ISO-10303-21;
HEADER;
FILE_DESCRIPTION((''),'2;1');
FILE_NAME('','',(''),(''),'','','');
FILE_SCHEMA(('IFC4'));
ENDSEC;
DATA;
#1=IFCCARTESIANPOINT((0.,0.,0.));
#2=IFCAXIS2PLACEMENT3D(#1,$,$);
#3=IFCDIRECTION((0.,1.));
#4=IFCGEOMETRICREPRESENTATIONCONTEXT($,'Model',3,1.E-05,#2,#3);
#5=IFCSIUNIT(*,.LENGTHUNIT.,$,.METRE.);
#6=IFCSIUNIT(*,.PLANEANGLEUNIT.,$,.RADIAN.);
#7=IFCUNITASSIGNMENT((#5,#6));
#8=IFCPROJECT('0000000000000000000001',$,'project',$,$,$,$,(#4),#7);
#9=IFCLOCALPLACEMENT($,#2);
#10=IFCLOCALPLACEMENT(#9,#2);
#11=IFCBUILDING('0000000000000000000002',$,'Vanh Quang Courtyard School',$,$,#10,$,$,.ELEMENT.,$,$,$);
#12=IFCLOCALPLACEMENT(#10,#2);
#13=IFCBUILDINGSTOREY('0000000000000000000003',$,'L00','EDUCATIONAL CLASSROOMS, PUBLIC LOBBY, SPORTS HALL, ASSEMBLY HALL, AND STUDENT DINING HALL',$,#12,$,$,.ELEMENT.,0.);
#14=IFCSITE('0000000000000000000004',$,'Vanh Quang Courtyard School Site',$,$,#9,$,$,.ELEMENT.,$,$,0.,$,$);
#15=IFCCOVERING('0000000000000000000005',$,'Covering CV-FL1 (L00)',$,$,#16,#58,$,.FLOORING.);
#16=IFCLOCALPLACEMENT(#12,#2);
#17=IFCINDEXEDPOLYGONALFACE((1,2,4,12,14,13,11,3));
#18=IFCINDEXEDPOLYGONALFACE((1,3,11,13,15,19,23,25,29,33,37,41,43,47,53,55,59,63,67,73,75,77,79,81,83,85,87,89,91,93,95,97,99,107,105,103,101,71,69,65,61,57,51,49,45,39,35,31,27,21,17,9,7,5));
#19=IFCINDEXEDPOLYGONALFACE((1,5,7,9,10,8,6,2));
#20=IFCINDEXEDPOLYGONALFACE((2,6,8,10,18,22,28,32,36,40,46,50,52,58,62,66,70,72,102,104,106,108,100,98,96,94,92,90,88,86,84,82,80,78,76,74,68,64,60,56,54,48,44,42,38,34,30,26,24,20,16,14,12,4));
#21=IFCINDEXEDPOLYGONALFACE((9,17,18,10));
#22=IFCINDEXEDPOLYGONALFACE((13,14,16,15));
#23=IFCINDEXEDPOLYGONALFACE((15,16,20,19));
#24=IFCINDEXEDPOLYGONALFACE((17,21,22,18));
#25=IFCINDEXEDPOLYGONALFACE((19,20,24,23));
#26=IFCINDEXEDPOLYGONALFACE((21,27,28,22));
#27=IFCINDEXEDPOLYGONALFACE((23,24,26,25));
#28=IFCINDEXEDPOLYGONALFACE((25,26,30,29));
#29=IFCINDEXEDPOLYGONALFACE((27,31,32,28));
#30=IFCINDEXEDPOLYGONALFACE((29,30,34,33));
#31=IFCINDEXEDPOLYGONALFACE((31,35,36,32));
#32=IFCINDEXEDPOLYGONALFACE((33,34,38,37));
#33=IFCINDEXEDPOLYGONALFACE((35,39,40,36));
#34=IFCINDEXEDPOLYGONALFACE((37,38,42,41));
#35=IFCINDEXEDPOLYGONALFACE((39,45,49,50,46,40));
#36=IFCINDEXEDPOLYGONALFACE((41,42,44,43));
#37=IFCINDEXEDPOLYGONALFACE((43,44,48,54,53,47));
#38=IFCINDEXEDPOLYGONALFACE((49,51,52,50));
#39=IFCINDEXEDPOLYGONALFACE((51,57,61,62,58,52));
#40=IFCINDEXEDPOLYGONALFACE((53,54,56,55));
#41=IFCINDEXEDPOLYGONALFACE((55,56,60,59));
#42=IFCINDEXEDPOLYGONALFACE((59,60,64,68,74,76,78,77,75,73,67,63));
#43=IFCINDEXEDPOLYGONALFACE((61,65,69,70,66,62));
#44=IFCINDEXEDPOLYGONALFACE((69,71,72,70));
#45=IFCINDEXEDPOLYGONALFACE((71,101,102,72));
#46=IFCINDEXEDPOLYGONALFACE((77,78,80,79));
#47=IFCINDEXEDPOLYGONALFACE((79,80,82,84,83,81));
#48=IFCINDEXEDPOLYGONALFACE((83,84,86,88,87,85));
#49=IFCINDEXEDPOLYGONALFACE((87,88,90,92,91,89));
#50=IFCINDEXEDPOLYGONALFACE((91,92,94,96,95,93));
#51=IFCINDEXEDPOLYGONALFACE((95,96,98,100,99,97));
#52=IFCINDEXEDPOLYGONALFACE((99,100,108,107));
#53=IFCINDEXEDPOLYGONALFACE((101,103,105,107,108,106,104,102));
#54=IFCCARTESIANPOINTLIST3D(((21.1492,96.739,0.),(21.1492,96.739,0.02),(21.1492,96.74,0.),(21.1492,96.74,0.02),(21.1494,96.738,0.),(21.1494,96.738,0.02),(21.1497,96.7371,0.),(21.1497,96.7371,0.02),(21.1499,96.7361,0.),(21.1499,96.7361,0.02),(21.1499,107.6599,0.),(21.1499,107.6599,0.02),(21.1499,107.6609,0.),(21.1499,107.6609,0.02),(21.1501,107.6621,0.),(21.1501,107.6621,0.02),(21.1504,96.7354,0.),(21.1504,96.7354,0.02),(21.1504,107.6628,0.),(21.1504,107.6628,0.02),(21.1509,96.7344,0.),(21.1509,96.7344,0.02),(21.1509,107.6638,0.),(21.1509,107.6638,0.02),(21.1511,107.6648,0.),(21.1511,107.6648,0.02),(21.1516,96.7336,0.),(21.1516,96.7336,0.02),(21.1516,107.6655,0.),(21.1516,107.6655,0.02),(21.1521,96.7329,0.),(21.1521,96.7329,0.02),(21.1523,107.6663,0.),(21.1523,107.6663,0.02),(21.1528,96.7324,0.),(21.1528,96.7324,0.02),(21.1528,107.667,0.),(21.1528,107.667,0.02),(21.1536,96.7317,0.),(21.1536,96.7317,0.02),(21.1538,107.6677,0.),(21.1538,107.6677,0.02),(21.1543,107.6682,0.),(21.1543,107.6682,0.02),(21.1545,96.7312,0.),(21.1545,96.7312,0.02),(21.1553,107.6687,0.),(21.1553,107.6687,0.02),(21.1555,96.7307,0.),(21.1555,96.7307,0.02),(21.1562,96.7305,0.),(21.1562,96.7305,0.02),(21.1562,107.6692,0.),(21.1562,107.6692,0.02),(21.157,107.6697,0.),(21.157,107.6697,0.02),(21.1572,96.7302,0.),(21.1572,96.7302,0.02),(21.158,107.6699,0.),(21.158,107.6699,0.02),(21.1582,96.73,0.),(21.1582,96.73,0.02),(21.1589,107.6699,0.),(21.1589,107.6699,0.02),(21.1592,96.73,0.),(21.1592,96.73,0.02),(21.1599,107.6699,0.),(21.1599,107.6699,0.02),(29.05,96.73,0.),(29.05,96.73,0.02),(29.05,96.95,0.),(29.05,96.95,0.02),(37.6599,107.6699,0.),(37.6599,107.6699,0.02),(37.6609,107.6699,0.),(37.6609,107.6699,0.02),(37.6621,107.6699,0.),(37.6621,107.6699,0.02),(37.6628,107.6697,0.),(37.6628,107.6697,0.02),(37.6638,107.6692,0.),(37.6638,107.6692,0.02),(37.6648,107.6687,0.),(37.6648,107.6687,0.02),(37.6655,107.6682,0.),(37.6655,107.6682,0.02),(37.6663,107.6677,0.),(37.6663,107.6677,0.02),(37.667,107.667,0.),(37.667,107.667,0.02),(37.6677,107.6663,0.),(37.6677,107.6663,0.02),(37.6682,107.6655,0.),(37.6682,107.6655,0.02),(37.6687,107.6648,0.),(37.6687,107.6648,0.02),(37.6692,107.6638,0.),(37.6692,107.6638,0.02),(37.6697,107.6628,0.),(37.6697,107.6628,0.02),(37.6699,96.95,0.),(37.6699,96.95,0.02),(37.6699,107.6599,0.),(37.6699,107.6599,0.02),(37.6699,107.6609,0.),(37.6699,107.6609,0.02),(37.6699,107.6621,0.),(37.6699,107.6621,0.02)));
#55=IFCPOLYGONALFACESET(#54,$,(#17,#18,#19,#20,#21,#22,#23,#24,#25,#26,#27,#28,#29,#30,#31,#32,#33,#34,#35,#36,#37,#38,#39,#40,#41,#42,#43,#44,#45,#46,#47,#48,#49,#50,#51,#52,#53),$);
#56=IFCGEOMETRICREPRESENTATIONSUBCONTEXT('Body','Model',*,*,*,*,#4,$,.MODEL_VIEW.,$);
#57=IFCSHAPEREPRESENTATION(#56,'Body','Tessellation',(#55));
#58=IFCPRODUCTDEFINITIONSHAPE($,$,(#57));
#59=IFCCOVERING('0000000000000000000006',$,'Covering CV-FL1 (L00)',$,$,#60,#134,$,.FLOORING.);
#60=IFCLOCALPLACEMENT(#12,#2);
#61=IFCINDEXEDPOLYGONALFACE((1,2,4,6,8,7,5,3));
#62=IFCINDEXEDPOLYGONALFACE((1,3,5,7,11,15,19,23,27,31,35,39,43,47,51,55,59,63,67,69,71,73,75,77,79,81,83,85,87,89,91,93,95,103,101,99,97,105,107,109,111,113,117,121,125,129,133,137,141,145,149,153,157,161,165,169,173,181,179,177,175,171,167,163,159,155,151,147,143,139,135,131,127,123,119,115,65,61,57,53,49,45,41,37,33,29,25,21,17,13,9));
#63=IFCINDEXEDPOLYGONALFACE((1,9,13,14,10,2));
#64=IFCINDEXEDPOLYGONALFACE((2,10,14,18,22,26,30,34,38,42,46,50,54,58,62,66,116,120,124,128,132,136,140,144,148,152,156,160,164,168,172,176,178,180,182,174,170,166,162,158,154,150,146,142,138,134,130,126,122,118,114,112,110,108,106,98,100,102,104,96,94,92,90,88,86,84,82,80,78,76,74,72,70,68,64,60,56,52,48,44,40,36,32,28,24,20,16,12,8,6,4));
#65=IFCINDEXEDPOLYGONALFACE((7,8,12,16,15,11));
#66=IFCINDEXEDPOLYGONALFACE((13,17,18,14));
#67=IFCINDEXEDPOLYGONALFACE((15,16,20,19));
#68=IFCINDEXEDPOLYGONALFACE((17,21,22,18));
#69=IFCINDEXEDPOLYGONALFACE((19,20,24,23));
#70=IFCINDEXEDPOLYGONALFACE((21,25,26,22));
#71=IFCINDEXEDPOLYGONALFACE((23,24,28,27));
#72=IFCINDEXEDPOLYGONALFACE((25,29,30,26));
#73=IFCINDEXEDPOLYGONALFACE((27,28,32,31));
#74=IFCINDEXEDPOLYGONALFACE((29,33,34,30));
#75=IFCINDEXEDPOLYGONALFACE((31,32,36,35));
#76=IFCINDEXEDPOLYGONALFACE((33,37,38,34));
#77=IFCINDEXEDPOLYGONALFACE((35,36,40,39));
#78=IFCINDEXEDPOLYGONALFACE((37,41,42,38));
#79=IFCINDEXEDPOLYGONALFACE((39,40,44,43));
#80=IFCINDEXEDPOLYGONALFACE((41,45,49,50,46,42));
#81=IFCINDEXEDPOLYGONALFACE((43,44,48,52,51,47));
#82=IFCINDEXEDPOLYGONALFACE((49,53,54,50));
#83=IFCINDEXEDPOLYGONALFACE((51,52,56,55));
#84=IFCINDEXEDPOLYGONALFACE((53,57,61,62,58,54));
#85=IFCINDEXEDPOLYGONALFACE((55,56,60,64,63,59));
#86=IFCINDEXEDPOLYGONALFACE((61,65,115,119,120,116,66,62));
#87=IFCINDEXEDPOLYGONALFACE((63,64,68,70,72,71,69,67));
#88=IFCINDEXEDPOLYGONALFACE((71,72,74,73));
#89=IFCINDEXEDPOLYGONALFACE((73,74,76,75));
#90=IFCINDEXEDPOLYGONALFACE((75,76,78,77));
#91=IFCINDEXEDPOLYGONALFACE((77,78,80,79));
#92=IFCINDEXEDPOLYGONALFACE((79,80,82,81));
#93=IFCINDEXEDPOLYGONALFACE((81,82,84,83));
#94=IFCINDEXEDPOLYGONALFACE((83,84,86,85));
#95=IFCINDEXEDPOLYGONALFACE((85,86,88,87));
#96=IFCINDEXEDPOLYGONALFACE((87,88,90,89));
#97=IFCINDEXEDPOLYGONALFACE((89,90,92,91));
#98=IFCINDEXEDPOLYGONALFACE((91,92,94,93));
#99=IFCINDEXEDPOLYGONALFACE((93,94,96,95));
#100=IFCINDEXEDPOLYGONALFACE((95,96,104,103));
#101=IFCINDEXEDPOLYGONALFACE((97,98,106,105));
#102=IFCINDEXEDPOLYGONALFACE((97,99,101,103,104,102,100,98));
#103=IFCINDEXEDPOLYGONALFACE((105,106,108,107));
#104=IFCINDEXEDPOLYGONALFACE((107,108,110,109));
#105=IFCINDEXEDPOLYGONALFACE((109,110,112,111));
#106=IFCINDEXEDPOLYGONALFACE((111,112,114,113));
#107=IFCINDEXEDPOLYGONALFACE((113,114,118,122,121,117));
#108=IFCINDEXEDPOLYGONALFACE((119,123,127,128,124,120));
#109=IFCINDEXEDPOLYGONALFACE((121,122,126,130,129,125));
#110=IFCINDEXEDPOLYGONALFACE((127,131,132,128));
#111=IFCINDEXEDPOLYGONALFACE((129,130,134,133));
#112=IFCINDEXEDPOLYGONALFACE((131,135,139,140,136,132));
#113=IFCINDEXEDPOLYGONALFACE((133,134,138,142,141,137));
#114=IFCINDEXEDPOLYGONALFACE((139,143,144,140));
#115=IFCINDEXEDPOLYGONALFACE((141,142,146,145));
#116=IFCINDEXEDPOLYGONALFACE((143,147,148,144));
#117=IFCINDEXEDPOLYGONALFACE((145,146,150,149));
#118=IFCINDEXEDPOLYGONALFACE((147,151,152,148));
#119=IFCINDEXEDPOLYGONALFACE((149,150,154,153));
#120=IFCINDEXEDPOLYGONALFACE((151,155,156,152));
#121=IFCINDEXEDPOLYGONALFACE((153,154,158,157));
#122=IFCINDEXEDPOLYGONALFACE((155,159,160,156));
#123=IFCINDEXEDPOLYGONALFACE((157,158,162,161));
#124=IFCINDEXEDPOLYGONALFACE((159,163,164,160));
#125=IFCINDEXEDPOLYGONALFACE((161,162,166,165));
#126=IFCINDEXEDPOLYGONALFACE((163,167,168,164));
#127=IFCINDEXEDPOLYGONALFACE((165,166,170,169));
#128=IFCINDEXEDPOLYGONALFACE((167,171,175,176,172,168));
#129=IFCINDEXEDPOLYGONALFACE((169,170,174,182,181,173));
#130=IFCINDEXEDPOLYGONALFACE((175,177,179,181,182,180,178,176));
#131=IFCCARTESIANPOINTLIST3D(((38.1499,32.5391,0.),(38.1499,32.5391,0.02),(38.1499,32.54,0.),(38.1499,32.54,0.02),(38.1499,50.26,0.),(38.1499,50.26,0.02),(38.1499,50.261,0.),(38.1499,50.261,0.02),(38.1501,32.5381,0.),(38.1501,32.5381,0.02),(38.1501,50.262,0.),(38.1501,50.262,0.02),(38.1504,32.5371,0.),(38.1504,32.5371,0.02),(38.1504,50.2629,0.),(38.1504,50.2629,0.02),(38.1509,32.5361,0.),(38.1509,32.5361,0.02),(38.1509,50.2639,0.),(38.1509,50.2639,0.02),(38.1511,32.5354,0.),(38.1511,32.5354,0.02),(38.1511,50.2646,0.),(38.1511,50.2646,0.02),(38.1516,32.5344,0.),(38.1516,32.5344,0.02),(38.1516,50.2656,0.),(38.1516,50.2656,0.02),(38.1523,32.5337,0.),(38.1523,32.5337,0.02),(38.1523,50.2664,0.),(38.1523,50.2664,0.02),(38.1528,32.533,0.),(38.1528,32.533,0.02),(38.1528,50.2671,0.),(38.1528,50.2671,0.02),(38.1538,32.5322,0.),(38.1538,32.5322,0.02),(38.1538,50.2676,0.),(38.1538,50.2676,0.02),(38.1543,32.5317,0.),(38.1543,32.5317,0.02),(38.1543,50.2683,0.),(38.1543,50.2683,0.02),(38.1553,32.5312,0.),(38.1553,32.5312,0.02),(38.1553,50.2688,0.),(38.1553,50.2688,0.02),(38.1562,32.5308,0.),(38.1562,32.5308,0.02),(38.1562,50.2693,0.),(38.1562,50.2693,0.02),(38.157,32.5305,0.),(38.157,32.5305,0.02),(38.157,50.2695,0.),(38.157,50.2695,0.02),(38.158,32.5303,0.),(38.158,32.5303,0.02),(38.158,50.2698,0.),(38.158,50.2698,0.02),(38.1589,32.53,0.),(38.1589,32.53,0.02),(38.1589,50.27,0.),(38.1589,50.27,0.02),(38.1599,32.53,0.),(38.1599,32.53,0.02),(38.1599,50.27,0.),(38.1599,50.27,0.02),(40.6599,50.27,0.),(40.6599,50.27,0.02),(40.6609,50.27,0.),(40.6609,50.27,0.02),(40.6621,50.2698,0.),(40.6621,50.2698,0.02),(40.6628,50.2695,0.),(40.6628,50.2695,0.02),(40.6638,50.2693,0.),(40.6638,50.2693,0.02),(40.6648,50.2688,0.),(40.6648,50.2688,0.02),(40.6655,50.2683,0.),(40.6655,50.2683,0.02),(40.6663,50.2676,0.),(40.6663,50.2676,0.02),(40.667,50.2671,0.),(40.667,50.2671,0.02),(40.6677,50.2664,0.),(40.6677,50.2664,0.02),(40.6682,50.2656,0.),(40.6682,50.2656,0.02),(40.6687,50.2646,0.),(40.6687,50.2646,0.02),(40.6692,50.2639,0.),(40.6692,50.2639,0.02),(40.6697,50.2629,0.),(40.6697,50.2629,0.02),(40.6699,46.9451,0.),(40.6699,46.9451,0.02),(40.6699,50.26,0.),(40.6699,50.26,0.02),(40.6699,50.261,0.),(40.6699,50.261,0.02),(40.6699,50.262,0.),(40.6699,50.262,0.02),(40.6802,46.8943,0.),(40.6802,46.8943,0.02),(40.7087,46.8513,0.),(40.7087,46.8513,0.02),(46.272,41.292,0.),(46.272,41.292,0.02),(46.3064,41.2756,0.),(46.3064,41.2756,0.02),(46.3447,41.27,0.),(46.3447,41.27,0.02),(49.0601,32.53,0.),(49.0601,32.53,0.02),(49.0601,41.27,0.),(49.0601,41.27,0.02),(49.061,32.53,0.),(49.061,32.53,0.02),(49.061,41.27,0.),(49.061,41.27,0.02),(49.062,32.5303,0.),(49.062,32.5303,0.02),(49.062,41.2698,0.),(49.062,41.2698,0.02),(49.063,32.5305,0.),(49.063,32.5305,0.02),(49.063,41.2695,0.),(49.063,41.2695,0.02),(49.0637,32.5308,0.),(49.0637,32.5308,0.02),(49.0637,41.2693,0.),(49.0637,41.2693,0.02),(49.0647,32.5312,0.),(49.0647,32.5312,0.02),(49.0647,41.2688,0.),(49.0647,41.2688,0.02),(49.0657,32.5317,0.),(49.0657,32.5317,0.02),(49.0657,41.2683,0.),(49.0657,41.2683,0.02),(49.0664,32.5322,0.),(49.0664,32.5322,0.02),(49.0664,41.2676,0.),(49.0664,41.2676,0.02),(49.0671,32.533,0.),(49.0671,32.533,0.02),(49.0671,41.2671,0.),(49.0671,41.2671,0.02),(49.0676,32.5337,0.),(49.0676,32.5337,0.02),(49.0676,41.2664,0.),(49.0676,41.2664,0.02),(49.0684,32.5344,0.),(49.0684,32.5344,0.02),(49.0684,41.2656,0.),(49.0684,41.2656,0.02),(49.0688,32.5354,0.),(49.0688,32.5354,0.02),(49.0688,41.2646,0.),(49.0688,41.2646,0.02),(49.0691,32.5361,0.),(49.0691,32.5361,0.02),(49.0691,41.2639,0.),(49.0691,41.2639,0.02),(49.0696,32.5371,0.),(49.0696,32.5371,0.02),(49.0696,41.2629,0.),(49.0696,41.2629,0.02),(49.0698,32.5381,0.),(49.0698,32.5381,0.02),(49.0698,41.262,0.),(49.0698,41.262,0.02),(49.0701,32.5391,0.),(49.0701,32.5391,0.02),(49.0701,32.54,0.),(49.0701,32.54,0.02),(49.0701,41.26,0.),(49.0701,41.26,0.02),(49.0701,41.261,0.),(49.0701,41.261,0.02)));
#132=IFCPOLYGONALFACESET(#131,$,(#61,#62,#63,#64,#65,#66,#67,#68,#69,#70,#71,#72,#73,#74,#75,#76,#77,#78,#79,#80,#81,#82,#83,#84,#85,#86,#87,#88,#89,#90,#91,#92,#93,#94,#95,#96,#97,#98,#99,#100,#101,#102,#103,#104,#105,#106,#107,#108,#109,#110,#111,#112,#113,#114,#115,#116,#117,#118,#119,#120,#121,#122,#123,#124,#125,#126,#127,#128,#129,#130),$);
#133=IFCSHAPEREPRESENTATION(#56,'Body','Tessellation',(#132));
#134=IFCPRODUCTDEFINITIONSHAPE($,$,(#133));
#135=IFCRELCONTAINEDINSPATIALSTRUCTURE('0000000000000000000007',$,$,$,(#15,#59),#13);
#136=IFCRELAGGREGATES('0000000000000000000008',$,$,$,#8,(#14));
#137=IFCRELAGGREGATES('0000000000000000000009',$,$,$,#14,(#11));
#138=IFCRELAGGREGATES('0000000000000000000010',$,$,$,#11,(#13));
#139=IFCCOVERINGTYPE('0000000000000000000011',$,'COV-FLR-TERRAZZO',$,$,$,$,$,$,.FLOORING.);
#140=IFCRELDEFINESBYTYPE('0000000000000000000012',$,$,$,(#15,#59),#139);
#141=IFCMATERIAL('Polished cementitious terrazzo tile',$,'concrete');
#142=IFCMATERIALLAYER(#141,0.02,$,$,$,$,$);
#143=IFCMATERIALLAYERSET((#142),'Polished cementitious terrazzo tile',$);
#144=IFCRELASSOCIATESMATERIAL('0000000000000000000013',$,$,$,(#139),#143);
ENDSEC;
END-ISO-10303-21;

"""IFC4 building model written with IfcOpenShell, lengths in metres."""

from ifc_helpers import new_model, si_unit, direction, origin, place, context, subcontext, project, spatial, polyline, outline, extrude, material, layer, layer_set, type_object, element, save


model = new_model("IFC4")

# Units and contexts
model_context = context("Model", 3, precision=1e-05, world=origin(), true_north=direction((0.0, 1.0)))
body_context = subcontext(model_context, "Body", "Model", "MODEL_VIEW")
ifc_project = project(units=[si_unit("LENGTHUNIT", "METRE"), si_unit("PLANEANGLEUNIT", "RADIAN")], contexts=[model_context])

# Site, building, storey
site_placement = place(None, origin())
site = spatial("IfcSite", under=ifc_project, at=site_placement, Name="Vanh Quang Courtyard School Site", CompositionType="ELEMENT", RefElevation=0.0)
building_placement = place(site_placement, origin())
building = spatial("IfcBuilding", under=site, at=building_placement, Name="Vanh Quang Courtyard School", CompositionType="ELEMENT")
storey_placement = place(building_placement, origin())
storey = spatial("IfcBuildingStorey", under=building, at=storey_placement, Name="L00", Description="EDUCATIONAL CLASSROOMS, PUBLIC LOBBY, SPORTS HALL, ASSEMBLY HALL, AND STUDENT DINING HALL", CompositionType="ELEMENT", Elevation=0.0)

# Coverings
ifc_material_1 = material(Name="Polished cementitious terrazzo tile", Category="concrete")
ifc_layer_1 = layer(ifc_material_1, 0.02)
ifc_layer_set_1 = layer_set([ifc_layer_1], Name="Polished cementitious terrazzo tile")
covering_type = type_object("IfcCoveringType", Name="COV-FLR-TERRAZZO", PredefinedType="FLOORING", material=ifc_layer_set_1)
covering_1_placement = place(storey_placement, origin())
element("IfcCovering", 1, at=covering_1_placement, inside=storey, type_object=covering_type, Name="Covering CV-FL1 (L00)", PredefinedType="FLOORING", context=body_context, shape_type="SweptSolid", body=[
    extrude(outline(polyline([(21.1592, 96.73), (21.1582, 96.73), (21.1572, 96.7302), (21.1562, 96.7305), (21.1555, 96.7307), (21.1545, 96.7312), (21.1536, 96.7317), (21.1528, 96.7324), (21.1521, 96.7329), (21.1516, 96.7336), (21.1509, 96.7344), (21.1504, 96.7354), (21.1499, 96.7361), (21.1497, 96.7371), (21.1494, 96.738), (21.1492, 96.739), (21.1492, 96.74), (21.1499, 107.6599), (21.1499, 107.6609), (21.1501, 107.6621), (21.1504, 107.6628), (21.1509, 107.6638), (21.1511, 107.6648), (21.1516, 107.6655), (21.1523, 107.6663), (21.1528, 107.667), (21.1538, 107.6677), (21.1543, 107.6682), (21.1553, 107.6687), (21.1562, 107.6692), (21.157, 107.6697), (21.158, 107.6699), (21.1589, 107.6699), (21.1599, 107.6699), (37.6599, 107.6699), (37.6609, 107.6699), (37.6621, 107.6699), (37.6628, 107.6697), (37.6638, 107.6692), (37.6648, 107.6687), (37.6655, 107.6682), (37.6663, 107.6677), (37.667, 107.667), (37.6677, 107.6663), (37.6682, 107.6655), (37.6687, 107.6648), (37.6692, 107.6638), (37.6697, 107.6628), (37.6699, 107.6621), (37.6699, 107.6609), (37.6699, 107.6599), (37.6699, 96.95), (29.05, 96.95), (29.05, 96.73), (21.1592, 96.73)])), origin(), (0.0, 0.0, 1.0), 0.02),
])
covering_2_placement = place(storey_placement, origin())
element("IfcCovering", 2, at=covering_2_placement, inside=storey, type_object=covering_type, Name="Covering CV-FL1 (L00)", PredefinedType="FLOORING", context=body_context, shape_type="SweptSolid", body=[
    extrude(outline(polyline([(38.1599, 32.53), (38.1589, 32.53), (38.158, 32.5303), (38.157, 32.5305), (38.1562, 32.5308), (38.1553, 32.5312), (38.1543, 32.5317), (38.1538, 32.5322), (38.1528, 32.533), (38.1523, 32.5337), (38.1516, 32.5344), (38.1511, 32.5354), (38.1509, 32.5361), (38.1504, 32.5371), (38.1501, 32.5381), (38.1499, 32.5391), (38.1499, 32.54), (38.1499, 50.26), (38.1499, 50.261), (38.1501, 50.262), (38.1504, 50.2629), (38.1509, 50.2639), (38.1511, 50.2646), (38.1516, 50.2656), (38.1523, 50.2664), (38.1528, 50.2671), (38.1538, 50.2676), (38.1543, 50.2683), (38.1553, 50.2688), (38.1562, 50.2693), (38.157, 50.2695), (38.158, 50.2698), (38.1589, 50.27), (38.1599, 50.27), (40.6599, 50.27), (40.6609, 50.27), (40.6621, 50.2698), (40.6628, 50.2695), (40.6638, 50.2693), (40.6648, 50.2688), (40.6655, 50.2683), (40.6663, 50.2676), (40.667, 50.2671), (40.6677, 50.2664), (40.6682, 50.2656), (40.6687, 50.2646), (40.6692, 50.2639), (40.6697, 50.2629), (40.6699, 50.262), (40.6699, 50.261), (40.6699, 50.26), (40.6699, 46.9451), (40.6802, 46.8943), (40.7087, 46.8513), (46.272, 41.292), (46.3064, 41.2756), (46.3447, 41.27), (49.0601, 41.27), (49.061, 41.27), (49.062, 41.2698), (49.063, 41.2695), (49.0637, 41.2693), (49.0647, 41.2688), (49.0657, 41.2683), (49.0664, 41.2676), (49.0671, 41.2671), (49.0676, 41.2664), (49.0684, 41.2656), (49.0688, 41.2646), (49.0691, 41.2639), (49.0696, 41.2629), (49.0698, 41.262), (49.0701, 41.261), (49.0701, 41.26), (49.0701, 32.54), (49.0701, 32.5391), (49.0698, 32.5381), (49.0696, 32.5371), (49.0691, 32.5361), (49.0688, 32.5354), (49.0684, 32.5344), (49.0676, 32.5337), (49.0671, 32.533), (49.0664, 32.5322), (49.0657, 32.5317), (49.0647, 32.5312), (49.0637, 32.5308), (49.063, 32.5305), (49.062, 32.5303), (49.061, 32.53), (49.0601, 32.53), (38.1599, 32.53)])), origin(), (0.0, 0.0, 1.0), 0.02),
])

save(model, "model.ifc")
